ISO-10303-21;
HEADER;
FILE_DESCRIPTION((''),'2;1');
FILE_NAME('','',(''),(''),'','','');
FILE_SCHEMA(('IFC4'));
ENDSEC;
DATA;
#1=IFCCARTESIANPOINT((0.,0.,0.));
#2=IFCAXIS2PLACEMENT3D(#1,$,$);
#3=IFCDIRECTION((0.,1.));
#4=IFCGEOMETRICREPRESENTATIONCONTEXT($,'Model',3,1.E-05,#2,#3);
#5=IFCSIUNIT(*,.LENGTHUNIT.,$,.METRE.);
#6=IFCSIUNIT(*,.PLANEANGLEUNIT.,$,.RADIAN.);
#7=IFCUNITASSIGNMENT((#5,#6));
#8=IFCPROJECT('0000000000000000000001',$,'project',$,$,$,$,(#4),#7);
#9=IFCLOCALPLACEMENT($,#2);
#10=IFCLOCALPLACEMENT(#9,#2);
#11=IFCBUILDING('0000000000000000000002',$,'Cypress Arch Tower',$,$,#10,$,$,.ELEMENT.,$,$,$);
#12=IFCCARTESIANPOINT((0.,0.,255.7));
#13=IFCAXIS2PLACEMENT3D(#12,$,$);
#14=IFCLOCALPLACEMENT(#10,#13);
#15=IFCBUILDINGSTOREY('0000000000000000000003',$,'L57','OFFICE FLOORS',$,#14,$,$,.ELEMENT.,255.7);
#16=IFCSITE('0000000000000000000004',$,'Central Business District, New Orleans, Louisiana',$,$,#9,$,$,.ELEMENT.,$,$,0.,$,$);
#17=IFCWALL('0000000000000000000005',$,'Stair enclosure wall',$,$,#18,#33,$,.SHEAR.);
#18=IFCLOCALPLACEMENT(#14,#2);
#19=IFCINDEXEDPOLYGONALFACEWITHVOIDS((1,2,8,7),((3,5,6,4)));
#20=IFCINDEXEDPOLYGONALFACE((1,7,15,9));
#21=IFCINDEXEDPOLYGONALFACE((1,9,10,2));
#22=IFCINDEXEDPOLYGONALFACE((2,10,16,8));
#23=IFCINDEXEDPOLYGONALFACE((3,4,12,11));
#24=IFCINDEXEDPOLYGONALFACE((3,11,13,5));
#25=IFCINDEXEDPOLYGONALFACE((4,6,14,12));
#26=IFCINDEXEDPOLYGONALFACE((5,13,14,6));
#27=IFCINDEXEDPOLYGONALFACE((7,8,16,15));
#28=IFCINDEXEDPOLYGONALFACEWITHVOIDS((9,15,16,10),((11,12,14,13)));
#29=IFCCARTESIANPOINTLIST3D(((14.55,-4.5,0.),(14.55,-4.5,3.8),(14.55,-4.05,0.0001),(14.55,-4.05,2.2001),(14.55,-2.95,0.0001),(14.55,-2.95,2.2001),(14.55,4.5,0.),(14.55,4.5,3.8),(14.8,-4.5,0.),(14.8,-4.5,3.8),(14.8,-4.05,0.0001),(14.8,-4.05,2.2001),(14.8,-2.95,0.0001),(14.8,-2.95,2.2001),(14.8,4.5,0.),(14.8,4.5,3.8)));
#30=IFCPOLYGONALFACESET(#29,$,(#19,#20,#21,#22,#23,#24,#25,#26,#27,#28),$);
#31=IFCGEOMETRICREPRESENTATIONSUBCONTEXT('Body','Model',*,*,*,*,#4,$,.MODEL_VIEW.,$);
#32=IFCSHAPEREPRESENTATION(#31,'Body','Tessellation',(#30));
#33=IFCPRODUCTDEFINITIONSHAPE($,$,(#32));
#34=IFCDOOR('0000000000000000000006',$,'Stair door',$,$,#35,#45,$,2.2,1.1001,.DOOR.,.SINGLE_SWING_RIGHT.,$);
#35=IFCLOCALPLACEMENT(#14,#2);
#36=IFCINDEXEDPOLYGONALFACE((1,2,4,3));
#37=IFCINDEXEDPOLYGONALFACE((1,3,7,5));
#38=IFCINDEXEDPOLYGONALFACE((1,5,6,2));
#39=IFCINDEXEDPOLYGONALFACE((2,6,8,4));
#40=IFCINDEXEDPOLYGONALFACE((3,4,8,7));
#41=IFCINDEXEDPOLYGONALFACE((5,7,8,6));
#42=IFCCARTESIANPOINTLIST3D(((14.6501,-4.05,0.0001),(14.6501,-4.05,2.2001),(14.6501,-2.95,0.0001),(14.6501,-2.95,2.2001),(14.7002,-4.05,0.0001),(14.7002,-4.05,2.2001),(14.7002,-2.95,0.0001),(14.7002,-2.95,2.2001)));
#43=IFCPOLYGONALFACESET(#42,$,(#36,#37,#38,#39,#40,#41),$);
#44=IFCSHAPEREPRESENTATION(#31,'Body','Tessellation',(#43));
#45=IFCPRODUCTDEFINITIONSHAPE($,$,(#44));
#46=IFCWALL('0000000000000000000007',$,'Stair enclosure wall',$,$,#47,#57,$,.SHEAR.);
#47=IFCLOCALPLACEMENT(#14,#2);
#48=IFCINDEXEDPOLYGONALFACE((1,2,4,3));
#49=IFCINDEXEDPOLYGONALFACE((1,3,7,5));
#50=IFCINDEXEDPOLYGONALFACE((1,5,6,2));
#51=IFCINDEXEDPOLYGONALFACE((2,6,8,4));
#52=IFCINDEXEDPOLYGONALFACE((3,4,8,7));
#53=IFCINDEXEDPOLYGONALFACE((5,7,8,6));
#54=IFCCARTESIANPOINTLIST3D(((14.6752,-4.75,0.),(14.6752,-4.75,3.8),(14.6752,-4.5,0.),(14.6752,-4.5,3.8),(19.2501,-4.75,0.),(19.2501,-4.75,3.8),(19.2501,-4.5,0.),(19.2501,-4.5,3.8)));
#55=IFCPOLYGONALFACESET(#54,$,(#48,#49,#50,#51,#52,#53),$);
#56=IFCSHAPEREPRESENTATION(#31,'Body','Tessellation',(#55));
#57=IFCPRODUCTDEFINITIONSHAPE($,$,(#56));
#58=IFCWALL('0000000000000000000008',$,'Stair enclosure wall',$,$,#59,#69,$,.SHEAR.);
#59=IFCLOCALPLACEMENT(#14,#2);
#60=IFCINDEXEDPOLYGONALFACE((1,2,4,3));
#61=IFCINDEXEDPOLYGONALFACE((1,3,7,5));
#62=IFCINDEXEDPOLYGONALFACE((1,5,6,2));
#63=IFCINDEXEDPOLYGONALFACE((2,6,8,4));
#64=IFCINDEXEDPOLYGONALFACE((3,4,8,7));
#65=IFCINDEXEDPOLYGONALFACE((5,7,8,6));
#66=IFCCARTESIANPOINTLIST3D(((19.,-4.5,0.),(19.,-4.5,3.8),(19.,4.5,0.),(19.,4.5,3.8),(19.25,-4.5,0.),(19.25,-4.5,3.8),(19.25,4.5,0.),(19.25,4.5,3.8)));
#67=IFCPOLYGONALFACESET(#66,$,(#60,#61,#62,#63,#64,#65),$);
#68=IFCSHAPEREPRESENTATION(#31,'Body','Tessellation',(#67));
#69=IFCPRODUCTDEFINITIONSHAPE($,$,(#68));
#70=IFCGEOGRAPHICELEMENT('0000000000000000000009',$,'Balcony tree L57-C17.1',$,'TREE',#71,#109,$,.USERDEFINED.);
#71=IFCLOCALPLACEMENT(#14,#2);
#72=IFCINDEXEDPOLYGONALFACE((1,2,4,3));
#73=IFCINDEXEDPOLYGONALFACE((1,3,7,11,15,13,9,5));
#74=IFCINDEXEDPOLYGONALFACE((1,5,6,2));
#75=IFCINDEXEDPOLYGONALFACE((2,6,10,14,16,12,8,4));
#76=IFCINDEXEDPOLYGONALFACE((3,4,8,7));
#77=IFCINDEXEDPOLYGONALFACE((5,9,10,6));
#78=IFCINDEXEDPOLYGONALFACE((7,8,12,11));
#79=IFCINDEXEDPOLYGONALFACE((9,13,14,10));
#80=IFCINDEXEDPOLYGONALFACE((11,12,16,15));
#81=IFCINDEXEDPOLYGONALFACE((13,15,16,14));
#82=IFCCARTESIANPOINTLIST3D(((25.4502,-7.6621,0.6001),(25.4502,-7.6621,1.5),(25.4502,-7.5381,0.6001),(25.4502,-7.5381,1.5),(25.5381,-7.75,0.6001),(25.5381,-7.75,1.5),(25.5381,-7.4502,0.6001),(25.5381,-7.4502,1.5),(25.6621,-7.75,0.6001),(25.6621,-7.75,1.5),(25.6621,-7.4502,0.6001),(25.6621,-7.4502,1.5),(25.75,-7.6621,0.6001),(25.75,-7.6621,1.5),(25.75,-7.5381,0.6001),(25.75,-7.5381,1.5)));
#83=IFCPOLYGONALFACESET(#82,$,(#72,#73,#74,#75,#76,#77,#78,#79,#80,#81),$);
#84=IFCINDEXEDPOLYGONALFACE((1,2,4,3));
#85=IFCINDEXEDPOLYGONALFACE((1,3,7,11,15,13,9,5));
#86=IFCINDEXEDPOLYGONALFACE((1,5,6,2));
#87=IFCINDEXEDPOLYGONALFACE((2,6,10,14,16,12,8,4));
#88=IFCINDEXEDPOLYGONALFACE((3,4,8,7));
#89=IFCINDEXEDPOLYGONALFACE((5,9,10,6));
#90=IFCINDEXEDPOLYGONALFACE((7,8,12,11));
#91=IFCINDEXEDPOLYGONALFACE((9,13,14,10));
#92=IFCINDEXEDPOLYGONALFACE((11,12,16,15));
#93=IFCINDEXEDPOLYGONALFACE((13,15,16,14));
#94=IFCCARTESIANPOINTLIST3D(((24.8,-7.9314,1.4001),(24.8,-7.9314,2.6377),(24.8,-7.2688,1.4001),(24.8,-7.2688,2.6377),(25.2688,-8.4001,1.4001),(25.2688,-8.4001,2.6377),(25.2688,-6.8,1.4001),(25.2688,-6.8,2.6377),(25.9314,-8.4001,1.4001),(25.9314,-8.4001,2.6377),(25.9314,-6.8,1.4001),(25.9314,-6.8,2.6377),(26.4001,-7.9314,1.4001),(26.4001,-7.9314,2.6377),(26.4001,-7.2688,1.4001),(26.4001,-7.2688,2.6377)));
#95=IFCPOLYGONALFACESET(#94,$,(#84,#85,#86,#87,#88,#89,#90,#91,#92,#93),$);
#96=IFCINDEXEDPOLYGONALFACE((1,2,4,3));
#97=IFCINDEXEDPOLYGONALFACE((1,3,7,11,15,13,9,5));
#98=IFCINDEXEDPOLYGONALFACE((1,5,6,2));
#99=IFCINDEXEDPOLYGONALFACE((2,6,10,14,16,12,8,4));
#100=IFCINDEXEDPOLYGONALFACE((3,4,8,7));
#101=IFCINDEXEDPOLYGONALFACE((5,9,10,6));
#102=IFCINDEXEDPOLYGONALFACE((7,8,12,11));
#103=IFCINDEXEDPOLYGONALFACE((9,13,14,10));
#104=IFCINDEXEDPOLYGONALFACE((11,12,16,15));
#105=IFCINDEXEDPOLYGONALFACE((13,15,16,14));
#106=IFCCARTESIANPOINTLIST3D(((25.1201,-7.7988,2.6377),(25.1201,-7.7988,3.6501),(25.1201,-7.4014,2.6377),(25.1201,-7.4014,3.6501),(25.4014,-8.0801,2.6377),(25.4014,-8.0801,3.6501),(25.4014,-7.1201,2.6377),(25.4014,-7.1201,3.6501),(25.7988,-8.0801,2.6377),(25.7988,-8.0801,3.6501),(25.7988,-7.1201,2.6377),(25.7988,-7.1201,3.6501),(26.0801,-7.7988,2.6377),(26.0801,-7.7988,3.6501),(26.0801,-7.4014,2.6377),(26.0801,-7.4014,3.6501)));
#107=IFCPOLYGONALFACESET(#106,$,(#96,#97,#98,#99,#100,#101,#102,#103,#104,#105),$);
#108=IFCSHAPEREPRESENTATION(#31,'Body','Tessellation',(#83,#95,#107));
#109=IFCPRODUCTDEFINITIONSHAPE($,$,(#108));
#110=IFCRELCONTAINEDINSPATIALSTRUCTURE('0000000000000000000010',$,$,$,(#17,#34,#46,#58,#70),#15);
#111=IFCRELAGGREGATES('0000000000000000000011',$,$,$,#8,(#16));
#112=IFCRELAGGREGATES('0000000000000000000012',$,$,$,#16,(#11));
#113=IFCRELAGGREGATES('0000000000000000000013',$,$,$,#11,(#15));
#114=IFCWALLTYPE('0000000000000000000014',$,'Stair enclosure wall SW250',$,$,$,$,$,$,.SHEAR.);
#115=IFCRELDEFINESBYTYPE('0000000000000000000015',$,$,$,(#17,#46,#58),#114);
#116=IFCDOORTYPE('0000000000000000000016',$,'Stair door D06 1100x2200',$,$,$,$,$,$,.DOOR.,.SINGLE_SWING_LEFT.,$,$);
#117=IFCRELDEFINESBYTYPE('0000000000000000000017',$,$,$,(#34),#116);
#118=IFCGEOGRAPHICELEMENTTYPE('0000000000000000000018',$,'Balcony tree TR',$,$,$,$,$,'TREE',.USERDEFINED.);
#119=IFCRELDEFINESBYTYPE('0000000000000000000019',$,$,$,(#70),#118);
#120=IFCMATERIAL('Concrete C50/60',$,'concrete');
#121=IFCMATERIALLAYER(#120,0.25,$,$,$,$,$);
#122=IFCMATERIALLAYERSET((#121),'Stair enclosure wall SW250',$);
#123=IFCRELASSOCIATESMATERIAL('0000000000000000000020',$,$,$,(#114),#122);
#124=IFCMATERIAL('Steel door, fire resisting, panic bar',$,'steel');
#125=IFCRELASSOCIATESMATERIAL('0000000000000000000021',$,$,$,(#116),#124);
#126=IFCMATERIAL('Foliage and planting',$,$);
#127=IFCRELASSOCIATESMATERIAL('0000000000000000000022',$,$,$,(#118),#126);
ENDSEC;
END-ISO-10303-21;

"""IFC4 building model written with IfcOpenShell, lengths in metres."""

from ifc_helpers import new_model, si_unit, direction, frame, frame_2d, origin, place, context, subcontext, project, spatial, polyline, rectangle, outline, extrude, material, layer, layer_set, type_object, element, fill, save


model = new_model("IFC4")

# Units and contexts
model_context = context("Model", 3, precision=1e-05, world=origin(), true_north=direction((0.0, 1.0)))
body_context = subcontext(model_context, "Body", "Model", "MODEL_VIEW")
ifc_project = project(units=[si_unit("LENGTHUNIT", "METRE"), si_unit("PLANEANGLEUNIT", "RADIAN")], contexts=[model_context])

# Site, building, storey
site_placement = place(None, origin())
site = spatial("IfcSite", under=ifc_project, at=site_placement, Name="Central Business District, New Orleans, Louisiana", CompositionType="ELEMENT", RefElevation=0.0)
building_placement = place(site_placement, origin())
building = spatial("IfcBuilding", under=site, at=building_placement, Name="Cypress Arch Tower", CompositionType="ELEMENT")
storey_placement = place(building_placement, frame((0.0, 0.0, 255.7)))
storey = spatial("IfcBuildingStorey", under=building, at=storey_placement, Name="L57", Description="OFFICE FLOORS", CompositionType="ELEMENT", Elevation=255.7)

# Wall, opening, door
ifc_material_1 = material(Name="Concrete C50/60", Category="concrete")
ifc_layer_1 = layer(ifc_material_1, 0.25)
ifc_layer_set_1 = layer_set([ifc_layer_1], Name="Stair enclosure wall SW250")
wall_type_1 = type_object("IfcWallType", Name="Stair enclosure wall SW250", PredefinedType="SHEAR", material=ifc_layer_set_1)
wall_1_placement = place(storey_placement, frame((14.675, -4.5, 0.0), z_axis=(0.0, 0.0, 1.0), x_axis=(0.0, 1.0, 0.0)))
wall_1 = element("IfcWall", 1, at=wall_1_placement, inside=storey, type_object=wall_type_1, Name="Stair enclosure wall", PredefinedType="SHEAR", context=body_context, shape_type="SweptSolid", body=[
    extrude(rectangle(XDim=9.0, YDim=0.25, at=frame_2d((4.5, 0.0))), origin(), (0.0, 0.0, 1.0), 3.8),
])
opening_1_placement = place(wall_1_placement, frame((0.45, 0.0, 0.0)))
opening_1 = element("IfcOpeningElement", 2, at=opening_1_placement, cuts=wall_1, PredefinedType="OPENING", context=body_context, shape_type="SweptSolid", body=[
    extrude(rectangle(XDim=1.1001, YDim=2.2, at=frame_2d((0.55, 1.1001))), frame((0.0, 0.135, 0.0), z_axis=(0.0, -1.0, 0.0), x_axis=(1.0, 0.0, 0.0)), (0.0, 0.0, 1.0), 0.27),
])
ifc_material_2 = material(Name="Steel door, fire resisting, panic bar", Category="steel")
door_type = type_object("IfcDoorType", Name="Stair door D06 1100x2200", OperationType="SINGLE_SWING_LEFT", PredefinedType="DOOR", material=ifc_material_2)
door_placement = place(opening_1_placement, origin())
door = element("IfcDoor", 3, at=door_placement, inside=storey, type_object=door_type, Name="Stair door", OperationType="SINGLE_SWING_RIGHT", OverallHeight=2.2, OverallWidth=1.1001, PredefinedType="DOOR", context=body_context, shape_type="SweptSolid", body=[
    extrude(rectangle(XDim=1.1001, YDim=2.2, at=frame_2d((0.55, 1.1001))), frame((0.0, 0.0249, 0.0), z_axis=(0.0, -1.0, 0.0), x_axis=(1.0, 0.0, 0.0)), (0.0, 0.0, 1.0), 0.05),
])
fill(opening_1, door)

# Walls
wall_2_placement = place(storey_placement, frame((14.675, -4.625, 0.0), z_axis=(0.0, 0.0, 1.0), x_axis=(1.0, 0.0, 0.0)))
element("IfcWall", 4, at=wall_2_placement, inside=storey, type_object=wall_type_1, Name="Stair enclosure wall", PredefinedType="SHEAR", context=body_context, shape_type="SweptSolid", body=[
    extrude(rectangle(XDim=4.575, YDim=0.25, at=frame_2d((2.2876, 0.0))), origin(), (0.0, 0.0, 1.0), 3.8),
])
wall_3_placement = place(storey_placement, frame((19.125, -4.5, 0.0), z_axis=(0.0, 0.0, 1.0), x_axis=(0.0, 1.0, 0.0)))
element("IfcWall", 5, at=wall_3_placement, inside=storey, type_object=wall_type_1, Name="Stair enclosure wall", PredefinedType="SHEAR", context=body_context, shape_type="SweptSolid", body=[
    extrude(rectangle(XDim=9.0, YDim=0.25, at=frame_2d((4.5, 0.0))), origin(), (0.0, 0.0, 1.0), 3.8),
])

# Geographic element
ifc_material_3 = material(Name="Foliage and planting")
geographic_element_type = type_object("IfcGeographicElementType", Name="Balcony tree TR", ElementType="TREE", PredefinedType="USERDEFINED", material=ifc_material_3)
geographic_element_placement = place(storey_placement, frame((25.6001, -7.6001, 0.6001), z_axis=(0.0, 0.0, 1.0), x_axis=(1.0, 0.0, 0.0)))
element("IfcGeographicElement", 6, at=geographic_element_placement, inside=storey, type_object=geographic_element_type, Name="Balcony tree L57-C17.1", ObjectType="TREE", PredefinedType="USERDEFINED", context=body_context, shape_type="SweptSolid", body=[
    extrude(outline(polyline([(0.1499, 0.062), (0.062, 0.1499), (-0.062, 0.1499), (-0.1499, 0.062), (-0.1499, -0.062), (-0.062, -0.1499), (0.062, -0.1499), (0.1499, -0.062), (0.1499, 0.062)])), origin(), (0.0, 0.0, 1.0), 0.8999),
    extrude(outline(polyline([(0.8, 0.3313), (0.3313, 0.8), (-0.3313, 0.8), (-0.8, 0.3313), (-0.8, -0.3313), (-0.3313, -0.8), (0.3313, -0.8), (0.8, -0.3313), (0.8, 0.3313)])), frame((0.0, 0.0, 0.8)), (0.0, 0.0, 1.0), 1.2375),
    extrude(outline(polyline([(0.48, 0.1987), (0.1987, 0.48), (-0.1987, 0.48), (-0.48, 0.1987), (-0.48, -0.1987), (-0.1987, -0.48), (0.1987, -0.48), (0.48, -0.1987), (0.48, 0.1987)])), frame((0.0, 0.0, 2.0376)), (0.0, 0.0, 1.0), 1.0125),
])

save(model, "model.ifc")
